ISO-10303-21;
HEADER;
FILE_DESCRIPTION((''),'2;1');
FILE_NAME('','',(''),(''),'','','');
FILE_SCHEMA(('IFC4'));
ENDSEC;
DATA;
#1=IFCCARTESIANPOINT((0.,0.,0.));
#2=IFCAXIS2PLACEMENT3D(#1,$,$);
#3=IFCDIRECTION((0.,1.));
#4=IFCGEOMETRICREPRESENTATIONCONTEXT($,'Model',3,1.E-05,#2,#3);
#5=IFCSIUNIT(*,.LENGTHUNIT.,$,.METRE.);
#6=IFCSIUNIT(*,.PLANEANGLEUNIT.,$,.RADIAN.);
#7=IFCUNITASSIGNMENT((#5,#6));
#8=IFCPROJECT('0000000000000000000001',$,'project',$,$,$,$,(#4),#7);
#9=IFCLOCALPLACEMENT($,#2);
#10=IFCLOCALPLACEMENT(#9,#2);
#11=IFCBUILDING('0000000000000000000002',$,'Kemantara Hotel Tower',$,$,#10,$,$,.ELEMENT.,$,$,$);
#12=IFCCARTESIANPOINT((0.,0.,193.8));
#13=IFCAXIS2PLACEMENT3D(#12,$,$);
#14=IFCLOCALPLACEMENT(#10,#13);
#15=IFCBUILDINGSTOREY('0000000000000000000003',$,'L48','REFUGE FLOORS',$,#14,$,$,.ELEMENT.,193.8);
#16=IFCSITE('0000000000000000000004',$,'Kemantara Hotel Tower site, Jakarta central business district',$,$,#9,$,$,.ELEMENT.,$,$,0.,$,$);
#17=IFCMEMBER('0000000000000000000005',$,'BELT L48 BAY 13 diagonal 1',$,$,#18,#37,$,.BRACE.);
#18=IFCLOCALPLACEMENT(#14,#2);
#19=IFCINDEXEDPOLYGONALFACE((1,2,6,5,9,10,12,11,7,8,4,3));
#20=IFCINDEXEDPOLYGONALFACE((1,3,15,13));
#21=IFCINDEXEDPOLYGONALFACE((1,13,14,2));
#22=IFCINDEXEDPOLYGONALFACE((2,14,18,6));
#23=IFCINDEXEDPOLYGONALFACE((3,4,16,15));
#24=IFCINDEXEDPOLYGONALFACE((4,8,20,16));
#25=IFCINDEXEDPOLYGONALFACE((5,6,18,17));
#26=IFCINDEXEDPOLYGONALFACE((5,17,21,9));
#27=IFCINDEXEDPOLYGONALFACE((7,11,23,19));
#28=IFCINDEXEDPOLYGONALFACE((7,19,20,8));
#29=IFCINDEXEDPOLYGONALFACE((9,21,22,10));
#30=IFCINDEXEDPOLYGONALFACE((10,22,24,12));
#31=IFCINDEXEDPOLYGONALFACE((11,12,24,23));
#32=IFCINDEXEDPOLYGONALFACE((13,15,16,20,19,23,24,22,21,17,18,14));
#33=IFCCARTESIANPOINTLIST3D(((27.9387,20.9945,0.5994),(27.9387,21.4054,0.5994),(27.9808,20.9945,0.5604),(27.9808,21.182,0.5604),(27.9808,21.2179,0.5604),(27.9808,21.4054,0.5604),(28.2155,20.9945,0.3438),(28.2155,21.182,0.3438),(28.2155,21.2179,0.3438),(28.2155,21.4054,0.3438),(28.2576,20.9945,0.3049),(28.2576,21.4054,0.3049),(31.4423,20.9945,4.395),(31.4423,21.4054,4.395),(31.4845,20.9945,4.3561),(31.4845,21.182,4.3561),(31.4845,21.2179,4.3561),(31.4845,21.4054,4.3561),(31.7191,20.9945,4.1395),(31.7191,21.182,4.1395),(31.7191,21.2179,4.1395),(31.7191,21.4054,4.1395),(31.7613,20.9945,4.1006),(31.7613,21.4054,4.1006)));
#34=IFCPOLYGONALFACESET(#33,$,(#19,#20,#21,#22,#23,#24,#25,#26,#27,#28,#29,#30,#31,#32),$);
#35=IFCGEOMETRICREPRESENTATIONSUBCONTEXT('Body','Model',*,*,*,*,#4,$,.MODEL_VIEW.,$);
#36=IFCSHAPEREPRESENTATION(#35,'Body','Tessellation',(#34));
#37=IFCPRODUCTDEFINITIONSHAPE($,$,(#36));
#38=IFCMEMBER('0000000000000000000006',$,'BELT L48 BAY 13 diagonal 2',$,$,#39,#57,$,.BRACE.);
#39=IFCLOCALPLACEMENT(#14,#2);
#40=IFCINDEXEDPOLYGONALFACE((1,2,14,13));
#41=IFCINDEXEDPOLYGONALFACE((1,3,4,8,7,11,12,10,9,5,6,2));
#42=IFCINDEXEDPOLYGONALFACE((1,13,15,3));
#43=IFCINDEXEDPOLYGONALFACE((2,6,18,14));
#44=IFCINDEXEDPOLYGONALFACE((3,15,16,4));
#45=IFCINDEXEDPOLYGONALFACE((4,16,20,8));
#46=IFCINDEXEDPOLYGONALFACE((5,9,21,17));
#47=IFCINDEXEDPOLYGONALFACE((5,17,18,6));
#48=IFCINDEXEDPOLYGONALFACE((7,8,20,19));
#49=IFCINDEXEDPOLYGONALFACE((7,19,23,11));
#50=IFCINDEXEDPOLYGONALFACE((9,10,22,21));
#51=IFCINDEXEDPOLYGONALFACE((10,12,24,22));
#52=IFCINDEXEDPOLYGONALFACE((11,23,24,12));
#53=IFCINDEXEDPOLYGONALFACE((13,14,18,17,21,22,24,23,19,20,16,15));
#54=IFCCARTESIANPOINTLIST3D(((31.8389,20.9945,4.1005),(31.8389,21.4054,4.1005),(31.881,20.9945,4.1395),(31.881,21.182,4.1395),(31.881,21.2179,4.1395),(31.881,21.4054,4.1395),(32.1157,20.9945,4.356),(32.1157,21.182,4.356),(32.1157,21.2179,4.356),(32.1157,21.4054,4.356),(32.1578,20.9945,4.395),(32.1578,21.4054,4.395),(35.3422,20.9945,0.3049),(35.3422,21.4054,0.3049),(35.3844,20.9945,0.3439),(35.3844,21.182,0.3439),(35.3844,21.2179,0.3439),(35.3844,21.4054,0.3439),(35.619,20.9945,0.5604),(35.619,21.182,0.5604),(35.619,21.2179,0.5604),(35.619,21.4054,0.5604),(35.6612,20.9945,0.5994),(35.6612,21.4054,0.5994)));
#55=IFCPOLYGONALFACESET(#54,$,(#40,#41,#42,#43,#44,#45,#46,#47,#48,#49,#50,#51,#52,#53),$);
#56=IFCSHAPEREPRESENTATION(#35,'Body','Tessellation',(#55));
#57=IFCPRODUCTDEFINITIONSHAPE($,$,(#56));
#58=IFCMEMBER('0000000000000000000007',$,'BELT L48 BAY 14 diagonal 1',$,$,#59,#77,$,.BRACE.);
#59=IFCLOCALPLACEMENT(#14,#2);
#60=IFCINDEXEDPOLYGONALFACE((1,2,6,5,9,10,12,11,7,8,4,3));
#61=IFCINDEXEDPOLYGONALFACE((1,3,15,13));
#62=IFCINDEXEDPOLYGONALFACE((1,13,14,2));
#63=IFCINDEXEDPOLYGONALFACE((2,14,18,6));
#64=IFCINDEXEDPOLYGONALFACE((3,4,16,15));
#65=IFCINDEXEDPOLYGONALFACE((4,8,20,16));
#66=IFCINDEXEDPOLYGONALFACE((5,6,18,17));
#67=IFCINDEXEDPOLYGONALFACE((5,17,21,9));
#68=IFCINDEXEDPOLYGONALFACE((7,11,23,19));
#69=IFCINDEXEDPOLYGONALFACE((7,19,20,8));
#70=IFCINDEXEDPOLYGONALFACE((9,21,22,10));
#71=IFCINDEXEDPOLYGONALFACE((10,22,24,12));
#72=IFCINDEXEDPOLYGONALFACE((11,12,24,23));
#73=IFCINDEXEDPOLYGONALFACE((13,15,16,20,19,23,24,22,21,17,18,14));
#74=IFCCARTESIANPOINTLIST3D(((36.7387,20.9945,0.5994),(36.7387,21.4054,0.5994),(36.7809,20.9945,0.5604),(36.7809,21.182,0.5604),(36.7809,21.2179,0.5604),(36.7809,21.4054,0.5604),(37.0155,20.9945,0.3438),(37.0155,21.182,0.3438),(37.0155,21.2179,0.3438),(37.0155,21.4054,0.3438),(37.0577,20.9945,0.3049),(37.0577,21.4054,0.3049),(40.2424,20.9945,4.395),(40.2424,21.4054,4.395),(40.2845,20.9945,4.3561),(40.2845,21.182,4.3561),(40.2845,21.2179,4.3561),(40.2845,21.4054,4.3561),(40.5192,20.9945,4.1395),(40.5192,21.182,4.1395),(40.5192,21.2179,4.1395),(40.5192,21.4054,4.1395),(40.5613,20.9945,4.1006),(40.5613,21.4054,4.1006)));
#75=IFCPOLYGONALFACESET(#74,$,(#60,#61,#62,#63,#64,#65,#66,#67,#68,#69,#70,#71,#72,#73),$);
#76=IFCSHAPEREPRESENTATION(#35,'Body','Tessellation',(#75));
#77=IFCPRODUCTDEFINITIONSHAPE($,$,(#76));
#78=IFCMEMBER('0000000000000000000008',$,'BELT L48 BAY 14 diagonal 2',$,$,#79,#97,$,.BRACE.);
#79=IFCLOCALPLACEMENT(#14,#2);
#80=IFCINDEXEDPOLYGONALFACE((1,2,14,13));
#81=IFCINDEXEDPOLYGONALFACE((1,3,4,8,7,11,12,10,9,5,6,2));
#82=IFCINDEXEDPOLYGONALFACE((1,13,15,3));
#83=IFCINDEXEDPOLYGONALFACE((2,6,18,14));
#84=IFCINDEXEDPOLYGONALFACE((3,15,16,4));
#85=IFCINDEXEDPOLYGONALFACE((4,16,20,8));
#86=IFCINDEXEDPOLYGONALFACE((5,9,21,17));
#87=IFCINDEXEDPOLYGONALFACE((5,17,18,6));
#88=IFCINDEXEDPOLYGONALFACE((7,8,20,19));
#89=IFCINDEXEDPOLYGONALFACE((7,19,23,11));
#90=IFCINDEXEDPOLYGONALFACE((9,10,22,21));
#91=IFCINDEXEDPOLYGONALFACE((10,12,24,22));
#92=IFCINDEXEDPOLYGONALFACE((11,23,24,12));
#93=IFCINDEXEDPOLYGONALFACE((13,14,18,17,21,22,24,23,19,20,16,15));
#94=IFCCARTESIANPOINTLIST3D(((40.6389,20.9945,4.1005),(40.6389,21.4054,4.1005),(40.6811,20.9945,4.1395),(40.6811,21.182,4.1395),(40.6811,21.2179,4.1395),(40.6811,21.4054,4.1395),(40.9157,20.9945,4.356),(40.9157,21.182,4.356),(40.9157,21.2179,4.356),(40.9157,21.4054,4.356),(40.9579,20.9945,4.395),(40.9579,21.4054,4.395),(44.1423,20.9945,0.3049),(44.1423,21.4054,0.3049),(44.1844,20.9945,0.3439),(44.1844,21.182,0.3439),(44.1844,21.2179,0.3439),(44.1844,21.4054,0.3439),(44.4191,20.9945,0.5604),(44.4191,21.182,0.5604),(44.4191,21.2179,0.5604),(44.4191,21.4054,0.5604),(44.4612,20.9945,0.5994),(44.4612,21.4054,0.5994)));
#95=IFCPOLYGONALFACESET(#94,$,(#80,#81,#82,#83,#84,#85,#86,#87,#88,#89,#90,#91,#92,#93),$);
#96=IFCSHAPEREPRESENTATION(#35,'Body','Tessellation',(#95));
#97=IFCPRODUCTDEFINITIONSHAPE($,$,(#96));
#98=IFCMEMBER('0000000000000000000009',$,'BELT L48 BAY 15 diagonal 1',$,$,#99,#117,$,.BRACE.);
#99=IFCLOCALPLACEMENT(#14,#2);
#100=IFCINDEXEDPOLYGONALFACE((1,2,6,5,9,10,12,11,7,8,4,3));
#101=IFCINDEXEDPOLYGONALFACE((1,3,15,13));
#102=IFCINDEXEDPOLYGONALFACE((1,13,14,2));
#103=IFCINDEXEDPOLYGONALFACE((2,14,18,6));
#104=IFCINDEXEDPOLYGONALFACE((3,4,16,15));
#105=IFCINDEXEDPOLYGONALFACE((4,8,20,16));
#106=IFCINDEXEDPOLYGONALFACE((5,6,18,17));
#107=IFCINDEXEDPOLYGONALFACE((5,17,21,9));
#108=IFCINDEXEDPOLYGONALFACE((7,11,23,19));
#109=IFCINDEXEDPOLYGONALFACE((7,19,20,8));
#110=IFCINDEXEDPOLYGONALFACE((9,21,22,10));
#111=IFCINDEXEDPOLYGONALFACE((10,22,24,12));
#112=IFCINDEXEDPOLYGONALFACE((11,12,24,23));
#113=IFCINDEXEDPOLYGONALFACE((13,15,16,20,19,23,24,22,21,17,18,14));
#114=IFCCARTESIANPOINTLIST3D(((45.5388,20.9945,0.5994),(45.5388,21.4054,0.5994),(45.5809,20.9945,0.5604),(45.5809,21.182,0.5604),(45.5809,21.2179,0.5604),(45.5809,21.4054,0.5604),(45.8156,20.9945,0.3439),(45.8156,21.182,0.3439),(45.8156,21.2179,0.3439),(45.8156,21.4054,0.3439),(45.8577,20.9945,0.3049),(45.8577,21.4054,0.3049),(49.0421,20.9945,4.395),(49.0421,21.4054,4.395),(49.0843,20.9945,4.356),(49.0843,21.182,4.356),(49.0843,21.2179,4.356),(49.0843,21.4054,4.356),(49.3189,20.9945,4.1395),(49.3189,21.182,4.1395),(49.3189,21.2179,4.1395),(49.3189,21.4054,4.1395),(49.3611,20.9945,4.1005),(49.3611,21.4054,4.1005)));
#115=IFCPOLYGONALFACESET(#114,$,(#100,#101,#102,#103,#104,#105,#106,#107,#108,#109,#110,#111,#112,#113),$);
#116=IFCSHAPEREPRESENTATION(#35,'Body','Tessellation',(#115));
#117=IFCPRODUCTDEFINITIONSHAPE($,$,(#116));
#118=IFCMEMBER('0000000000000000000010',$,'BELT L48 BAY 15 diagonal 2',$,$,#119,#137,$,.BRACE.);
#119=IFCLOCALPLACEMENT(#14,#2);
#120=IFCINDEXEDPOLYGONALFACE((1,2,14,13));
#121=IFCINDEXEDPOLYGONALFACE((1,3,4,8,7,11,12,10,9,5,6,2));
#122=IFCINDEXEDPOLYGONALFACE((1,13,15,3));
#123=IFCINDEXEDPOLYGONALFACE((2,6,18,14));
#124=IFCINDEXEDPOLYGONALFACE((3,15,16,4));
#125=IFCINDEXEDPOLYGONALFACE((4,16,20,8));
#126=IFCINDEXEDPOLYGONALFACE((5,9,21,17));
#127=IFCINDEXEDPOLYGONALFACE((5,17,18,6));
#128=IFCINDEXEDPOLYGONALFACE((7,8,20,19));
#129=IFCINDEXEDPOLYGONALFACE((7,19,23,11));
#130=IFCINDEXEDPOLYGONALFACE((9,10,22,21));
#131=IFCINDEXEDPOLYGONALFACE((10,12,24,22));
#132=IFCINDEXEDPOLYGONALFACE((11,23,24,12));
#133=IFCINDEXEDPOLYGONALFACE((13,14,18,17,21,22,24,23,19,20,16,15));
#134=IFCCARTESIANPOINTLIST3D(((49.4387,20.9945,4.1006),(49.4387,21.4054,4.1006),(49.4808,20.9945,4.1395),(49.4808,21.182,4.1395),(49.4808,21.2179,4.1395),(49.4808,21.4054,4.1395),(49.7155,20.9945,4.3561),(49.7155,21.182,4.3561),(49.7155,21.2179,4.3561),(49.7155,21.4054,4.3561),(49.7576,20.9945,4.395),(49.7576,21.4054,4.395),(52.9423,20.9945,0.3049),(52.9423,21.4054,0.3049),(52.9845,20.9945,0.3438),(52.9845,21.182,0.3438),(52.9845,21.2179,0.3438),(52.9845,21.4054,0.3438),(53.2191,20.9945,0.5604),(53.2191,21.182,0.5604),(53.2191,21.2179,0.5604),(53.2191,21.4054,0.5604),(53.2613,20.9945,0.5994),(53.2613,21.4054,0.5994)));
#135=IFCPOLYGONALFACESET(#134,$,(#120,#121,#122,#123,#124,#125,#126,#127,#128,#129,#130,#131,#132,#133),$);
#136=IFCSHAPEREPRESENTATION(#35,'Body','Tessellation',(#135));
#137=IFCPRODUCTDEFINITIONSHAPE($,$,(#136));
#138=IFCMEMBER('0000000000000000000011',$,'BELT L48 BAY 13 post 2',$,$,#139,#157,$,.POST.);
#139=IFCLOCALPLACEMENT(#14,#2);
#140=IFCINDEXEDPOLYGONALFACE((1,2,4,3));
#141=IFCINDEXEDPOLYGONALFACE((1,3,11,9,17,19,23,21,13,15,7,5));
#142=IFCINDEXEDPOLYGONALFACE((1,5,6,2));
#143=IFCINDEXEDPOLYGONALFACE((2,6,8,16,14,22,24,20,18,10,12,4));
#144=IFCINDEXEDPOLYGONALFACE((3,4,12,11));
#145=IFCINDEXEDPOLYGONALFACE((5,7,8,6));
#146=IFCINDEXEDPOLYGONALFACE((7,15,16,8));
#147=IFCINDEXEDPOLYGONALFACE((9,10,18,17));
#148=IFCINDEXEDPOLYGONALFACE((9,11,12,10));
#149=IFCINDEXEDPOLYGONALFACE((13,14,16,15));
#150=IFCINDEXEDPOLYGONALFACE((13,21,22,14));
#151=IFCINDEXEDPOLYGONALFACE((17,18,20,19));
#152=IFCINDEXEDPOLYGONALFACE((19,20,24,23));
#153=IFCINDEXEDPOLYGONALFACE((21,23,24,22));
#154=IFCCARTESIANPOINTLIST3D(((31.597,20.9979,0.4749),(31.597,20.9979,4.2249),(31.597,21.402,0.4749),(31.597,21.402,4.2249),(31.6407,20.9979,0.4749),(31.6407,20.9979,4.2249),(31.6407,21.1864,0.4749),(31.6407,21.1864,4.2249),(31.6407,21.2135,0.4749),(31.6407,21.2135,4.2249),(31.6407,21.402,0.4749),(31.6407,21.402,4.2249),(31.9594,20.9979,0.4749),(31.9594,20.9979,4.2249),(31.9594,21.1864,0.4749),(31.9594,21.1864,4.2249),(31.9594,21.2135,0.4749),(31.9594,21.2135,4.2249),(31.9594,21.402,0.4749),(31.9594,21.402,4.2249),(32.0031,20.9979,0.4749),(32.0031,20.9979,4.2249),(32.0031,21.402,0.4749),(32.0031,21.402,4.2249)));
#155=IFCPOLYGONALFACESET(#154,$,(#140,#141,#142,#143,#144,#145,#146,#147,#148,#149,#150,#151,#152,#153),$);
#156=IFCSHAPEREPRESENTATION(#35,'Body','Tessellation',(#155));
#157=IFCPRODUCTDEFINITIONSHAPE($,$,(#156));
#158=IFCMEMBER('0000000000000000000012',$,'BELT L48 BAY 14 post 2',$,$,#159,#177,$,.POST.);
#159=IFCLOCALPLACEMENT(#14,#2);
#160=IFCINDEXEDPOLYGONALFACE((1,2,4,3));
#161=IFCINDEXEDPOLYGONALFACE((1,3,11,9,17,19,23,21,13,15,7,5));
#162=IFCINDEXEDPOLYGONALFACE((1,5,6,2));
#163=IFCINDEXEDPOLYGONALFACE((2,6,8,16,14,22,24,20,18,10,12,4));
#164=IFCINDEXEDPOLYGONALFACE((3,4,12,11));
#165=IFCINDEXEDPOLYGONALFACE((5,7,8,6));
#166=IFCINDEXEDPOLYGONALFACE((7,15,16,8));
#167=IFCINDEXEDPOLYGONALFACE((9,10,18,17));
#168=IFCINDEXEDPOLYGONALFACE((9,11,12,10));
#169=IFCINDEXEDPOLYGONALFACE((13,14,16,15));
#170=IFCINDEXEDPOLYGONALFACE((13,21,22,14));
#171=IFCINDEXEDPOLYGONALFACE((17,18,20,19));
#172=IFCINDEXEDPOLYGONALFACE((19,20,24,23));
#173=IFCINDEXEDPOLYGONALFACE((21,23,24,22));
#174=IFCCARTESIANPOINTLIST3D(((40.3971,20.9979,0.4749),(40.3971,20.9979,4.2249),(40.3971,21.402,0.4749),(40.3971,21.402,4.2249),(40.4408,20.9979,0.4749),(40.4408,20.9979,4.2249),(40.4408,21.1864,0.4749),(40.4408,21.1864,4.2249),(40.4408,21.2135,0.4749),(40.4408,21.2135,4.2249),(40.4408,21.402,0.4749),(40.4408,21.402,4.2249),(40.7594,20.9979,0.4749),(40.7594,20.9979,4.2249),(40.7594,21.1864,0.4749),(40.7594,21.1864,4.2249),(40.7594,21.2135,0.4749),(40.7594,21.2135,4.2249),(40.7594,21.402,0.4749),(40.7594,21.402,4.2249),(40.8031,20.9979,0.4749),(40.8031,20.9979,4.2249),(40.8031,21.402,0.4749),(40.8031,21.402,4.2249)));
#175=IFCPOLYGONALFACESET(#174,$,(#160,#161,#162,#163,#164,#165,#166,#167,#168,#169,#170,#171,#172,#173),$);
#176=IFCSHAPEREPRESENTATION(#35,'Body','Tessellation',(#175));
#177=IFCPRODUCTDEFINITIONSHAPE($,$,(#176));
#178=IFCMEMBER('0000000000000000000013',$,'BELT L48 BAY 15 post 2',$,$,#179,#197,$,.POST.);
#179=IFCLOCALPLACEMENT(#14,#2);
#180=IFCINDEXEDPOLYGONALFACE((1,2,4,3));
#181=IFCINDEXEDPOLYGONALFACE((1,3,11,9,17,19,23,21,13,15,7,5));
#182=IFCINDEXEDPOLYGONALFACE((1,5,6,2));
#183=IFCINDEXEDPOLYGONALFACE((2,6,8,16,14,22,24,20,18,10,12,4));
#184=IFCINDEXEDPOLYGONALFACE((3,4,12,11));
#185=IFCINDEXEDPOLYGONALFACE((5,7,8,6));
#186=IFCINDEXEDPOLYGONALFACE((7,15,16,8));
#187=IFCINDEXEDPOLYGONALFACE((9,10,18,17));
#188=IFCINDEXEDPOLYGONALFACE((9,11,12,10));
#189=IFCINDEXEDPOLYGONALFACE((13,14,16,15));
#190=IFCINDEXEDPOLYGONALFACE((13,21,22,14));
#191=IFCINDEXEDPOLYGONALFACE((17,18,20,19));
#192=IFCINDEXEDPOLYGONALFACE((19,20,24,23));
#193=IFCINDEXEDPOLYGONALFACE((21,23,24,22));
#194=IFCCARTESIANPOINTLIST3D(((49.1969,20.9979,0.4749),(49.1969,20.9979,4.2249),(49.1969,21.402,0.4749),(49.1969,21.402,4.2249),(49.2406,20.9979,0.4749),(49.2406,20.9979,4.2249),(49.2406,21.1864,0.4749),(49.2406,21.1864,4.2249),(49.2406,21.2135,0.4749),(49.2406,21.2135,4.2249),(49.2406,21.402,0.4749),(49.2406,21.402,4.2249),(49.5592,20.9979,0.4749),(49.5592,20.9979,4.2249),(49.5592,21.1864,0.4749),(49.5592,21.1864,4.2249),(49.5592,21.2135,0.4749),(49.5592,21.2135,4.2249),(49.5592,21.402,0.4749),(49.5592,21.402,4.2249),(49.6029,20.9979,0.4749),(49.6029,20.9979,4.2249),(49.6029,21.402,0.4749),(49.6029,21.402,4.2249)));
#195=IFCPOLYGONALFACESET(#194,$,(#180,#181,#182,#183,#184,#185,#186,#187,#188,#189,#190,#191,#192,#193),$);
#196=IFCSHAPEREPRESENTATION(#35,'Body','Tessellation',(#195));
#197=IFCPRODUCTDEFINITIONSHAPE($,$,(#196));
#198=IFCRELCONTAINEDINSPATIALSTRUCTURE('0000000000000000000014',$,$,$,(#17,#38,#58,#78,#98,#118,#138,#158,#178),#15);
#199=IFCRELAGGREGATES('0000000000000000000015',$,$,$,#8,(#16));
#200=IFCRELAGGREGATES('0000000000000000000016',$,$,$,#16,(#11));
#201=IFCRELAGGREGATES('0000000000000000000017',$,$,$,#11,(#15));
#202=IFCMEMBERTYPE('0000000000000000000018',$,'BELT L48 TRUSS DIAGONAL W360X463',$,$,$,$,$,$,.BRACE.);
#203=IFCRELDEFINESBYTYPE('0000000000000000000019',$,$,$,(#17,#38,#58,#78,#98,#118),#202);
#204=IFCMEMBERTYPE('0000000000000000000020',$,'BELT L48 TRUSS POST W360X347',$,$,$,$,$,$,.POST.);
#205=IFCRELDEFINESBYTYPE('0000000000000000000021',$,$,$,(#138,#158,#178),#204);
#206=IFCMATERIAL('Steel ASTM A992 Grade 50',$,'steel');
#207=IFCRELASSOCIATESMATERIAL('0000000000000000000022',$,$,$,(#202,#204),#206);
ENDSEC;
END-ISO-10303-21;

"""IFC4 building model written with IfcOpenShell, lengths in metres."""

from ifc_helpers import new_model, si_unit, direction, frame, origin, origin_2d, place, context, subcontext, project, spatial, i_section, extrude, material, material_profile, profile_set, type_object, element, save


model = new_model("IFC4")

# Units and contexts
model_context = context("Model", 3, precision=1e-05, world=origin(), true_north=direction((0.0, 1.0)))
body_context = subcontext(model_context, "Body", "Model", "MODEL_VIEW")
ifc_project = project(units=[si_unit("LENGTHUNIT", "METRE"), si_unit("PLANEANGLEUNIT", "RADIAN")], contexts=[model_context])

# Site, building, storey
site_placement = place(None, origin())
site = spatial("IfcSite", under=ifc_project, at=site_placement, Name="Kemantara Hotel Tower site, Jakarta central business district", CompositionType="ELEMENT", RefElevation=0.0)
building_placement = place(site_placement, origin())
building = spatial("IfcBuilding", under=site, at=building_placement, Name="Kemantara Hotel Tower", CompositionType="ELEMENT")
storey_placement = place(building_placement, frame((0.0, 0.0, 193.8)))
storey = spatial("IfcBuildingStorey", under=building, at=storey_placement, Name="L48", Description="REFUGE FLOORS", CompositionType="ELEMENT", Elevation=193.8)

# Shared definitions
ifc_material_1 = material(Name="Steel ASTM A992 Grade 50", Category="steel")

# Members
ifc_material_profile_1 = material_profile(ifc_material_1, i_section(OverallWidth=0.4109, OverallDepth=0.4341, WebThickness=0.0359, FlangeThickness=0.0574, at=origin_2d()), Name="W360X463")
ifc_profile_set_1 = profile_set([ifc_material_profile_1], Name="Steel ASTM A992 Grade 50")
member_type_1 = type_object("IfcMemberType", Name="BELT L48 TRUSS DIAGONAL W360X463", PredefinedType="BRACE", material=ifc_profile_set_1)
member_1_placement = place(storey_placement, frame((28.0981, 21.2, 0.4521), z_axis=(0.678278, 0.0, 0.734805), x_axis=(0.0, 1.0, 0.0)))
element("IfcMember", 1, at=member_1_placement, inside=storey, type_object=member_type_1, Name="BELT L48 BAY 13 diagonal 1", PredefinedType="BRACE", context=body_context, shape_type="SweptSolid", body=[
    extrude(i_section(OverallWidth=0.4109, OverallDepth=0.4341, WebThickness=0.0359, FlangeThickness=0.0574, at=origin_2d()), origin(), (0.0, 0.0, 1.0), 5.1655),
])
member_2_placement = place(storey_placement, frame((35.5017, 21.2, 0.4521), z_axis=(-0.678253, 0.0, 0.734829), x_axis=(0.0, -1.0, 0.0)))
element("IfcMember", 2, at=member_2_placement, inside=storey, type_object=member_type_1, Name="BELT L48 BAY 13 diagonal 2", PredefinedType="BRACE", context=body_context, shape_type="SweptSolid", body=[
    extrude(i_section(OverallWidth=0.4109, OverallDepth=0.4341, WebThickness=0.0359, FlangeThickness=0.0574, at=origin_2d()), origin(), (0.0, 0.0, 1.0), 5.1653),
])
member_3_placement = place(storey_placement, frame((36.8982, 21.2, 0.4521), z_axis=(0.678278, 0.0, 0.734805), x_axis=(0.0, 1.0, 0.0)))
element("IfcMember", 3, at=member_3_placement, inside=storey, type_object=member_type_1, Name="BELT L48 BAY 14 diagonal 1", PredefinedType="BRACE", context=body_context, shape_type="SweptSolid", body=[
    extrude(i_section(OverallWidth=0.4109, OverallDepth=0.4341, WebThickness=0.0359, FlangeThickness=0.0574, at=origin_2d()), origin(), (0.0, 0.0, 1.0), 5.1655),
])
for number, where, z_axis, x_axis, name in (
    (4, (44.3018, 21.2, 0.4521), (-0.678253, 0.0, 0.734829), (0.0, -1.0, 0.0), "BELT L48 BAY 14 diagonal 2"),
    (5, (45.6982, 21.2, 0.4521), (0.678253, 0.0, 0.734829), (0.0, 1.0, 0.0), "BELT L48 BAY 15 diagonal 1"),
):
    element("IfcMember", number, at=place(storey_placement, frame(where, z_axis=z_axis, x_axis=x_axis)), inside=storey, type_object=member_type_1, Name=name, PredefinedType="BRACE", context=body_context, shape_type="SweptSolid", body=[
        extrude(i_section(OverallWidth=0.4109, OverallDepth=0.4341, WebThickness=0.0359, FlangeThickness=0.0574, at=origin_2d()), origin(), (0.0, 0.0, 1.0), 5.1653),
    ])
member_4_placement = place(storey_placement, frame((53.1018, 21.2, 0.4521), z_axis=(-0.678278, 0.0, 0.734805), x_axis=(0.0, -1.0, 0.0)))
element("IfcMember", 6, at=member_4_placement, inside=storey, type_object=member_type_1, Name="BELT L48 BAY 15 diagonal 2", PredefinedType="BRACE", context=body_context, shape_type="SweptSolid", body=[
    extrude(i_section(OverallWidth=0.4109, OverallDepth=0.4341, WebThickness=0.0359, FlangeThickness=0.0574, at=origin_2d()), origin(), (0.0, 0.0, 1.0), 5.1655),
])
ifc_material_profile_2 = material_profile(ifc_material_1, i_section(OverallWidth=0.4041, OverallDepth=0.406, WebThickness=0.0271, FlangeThickness=0.0437, at=origin_2d()), Name="W360X347")
ifc_profile_set_2 = profile_set([ifc_material_profile_2], Name="Steel ASTM A992 Grade 50")
member_type_2 = type_object("IfcMemberType", Name="BELT L48 TRUSS POST W360X347", PredefinedType="POST", material=ifc_profile_set_2)
for number, where, z_axis, x_axis, name in (
    (7, (31.8, 21.2, 0.4749), (0.0, 0.0, 1.0), (0.0, 1.0, 0.0), "BELT L48 BAY 13 post 2"),
    (8, (40.6001, 21.2, 0.4749), (0.0, 0.0, 1.0), (0.0, 1.0, 0.0), "BELT L48 BAY 14 post 2"),
    (9, (49.3999, 21.2, 0.4749), (0.0, 0.0, 1.0), (0.0, 1.0, 0.0), "BELT L48 BAY 15 post 2"),
):
    element("IfcMember", number, at=place(storey_placement, frame(where, z_axis=z_axis, x_axis=x_axis)), inside=storey, type_object=member_type_2, Name=name, PredefinedType="POST", context=body_context, shape_type="SweptSolid", body=[
        extrude(i_section(OverallWidth=0.4041, OverallDepth=0.406, WebThickness=0.0271, FlangeThickness=0.0437, at=origin_2d()), origin(), (0.0, 0.0, 1.0), 3.75),
    ])

save(model, "model.ifc")
